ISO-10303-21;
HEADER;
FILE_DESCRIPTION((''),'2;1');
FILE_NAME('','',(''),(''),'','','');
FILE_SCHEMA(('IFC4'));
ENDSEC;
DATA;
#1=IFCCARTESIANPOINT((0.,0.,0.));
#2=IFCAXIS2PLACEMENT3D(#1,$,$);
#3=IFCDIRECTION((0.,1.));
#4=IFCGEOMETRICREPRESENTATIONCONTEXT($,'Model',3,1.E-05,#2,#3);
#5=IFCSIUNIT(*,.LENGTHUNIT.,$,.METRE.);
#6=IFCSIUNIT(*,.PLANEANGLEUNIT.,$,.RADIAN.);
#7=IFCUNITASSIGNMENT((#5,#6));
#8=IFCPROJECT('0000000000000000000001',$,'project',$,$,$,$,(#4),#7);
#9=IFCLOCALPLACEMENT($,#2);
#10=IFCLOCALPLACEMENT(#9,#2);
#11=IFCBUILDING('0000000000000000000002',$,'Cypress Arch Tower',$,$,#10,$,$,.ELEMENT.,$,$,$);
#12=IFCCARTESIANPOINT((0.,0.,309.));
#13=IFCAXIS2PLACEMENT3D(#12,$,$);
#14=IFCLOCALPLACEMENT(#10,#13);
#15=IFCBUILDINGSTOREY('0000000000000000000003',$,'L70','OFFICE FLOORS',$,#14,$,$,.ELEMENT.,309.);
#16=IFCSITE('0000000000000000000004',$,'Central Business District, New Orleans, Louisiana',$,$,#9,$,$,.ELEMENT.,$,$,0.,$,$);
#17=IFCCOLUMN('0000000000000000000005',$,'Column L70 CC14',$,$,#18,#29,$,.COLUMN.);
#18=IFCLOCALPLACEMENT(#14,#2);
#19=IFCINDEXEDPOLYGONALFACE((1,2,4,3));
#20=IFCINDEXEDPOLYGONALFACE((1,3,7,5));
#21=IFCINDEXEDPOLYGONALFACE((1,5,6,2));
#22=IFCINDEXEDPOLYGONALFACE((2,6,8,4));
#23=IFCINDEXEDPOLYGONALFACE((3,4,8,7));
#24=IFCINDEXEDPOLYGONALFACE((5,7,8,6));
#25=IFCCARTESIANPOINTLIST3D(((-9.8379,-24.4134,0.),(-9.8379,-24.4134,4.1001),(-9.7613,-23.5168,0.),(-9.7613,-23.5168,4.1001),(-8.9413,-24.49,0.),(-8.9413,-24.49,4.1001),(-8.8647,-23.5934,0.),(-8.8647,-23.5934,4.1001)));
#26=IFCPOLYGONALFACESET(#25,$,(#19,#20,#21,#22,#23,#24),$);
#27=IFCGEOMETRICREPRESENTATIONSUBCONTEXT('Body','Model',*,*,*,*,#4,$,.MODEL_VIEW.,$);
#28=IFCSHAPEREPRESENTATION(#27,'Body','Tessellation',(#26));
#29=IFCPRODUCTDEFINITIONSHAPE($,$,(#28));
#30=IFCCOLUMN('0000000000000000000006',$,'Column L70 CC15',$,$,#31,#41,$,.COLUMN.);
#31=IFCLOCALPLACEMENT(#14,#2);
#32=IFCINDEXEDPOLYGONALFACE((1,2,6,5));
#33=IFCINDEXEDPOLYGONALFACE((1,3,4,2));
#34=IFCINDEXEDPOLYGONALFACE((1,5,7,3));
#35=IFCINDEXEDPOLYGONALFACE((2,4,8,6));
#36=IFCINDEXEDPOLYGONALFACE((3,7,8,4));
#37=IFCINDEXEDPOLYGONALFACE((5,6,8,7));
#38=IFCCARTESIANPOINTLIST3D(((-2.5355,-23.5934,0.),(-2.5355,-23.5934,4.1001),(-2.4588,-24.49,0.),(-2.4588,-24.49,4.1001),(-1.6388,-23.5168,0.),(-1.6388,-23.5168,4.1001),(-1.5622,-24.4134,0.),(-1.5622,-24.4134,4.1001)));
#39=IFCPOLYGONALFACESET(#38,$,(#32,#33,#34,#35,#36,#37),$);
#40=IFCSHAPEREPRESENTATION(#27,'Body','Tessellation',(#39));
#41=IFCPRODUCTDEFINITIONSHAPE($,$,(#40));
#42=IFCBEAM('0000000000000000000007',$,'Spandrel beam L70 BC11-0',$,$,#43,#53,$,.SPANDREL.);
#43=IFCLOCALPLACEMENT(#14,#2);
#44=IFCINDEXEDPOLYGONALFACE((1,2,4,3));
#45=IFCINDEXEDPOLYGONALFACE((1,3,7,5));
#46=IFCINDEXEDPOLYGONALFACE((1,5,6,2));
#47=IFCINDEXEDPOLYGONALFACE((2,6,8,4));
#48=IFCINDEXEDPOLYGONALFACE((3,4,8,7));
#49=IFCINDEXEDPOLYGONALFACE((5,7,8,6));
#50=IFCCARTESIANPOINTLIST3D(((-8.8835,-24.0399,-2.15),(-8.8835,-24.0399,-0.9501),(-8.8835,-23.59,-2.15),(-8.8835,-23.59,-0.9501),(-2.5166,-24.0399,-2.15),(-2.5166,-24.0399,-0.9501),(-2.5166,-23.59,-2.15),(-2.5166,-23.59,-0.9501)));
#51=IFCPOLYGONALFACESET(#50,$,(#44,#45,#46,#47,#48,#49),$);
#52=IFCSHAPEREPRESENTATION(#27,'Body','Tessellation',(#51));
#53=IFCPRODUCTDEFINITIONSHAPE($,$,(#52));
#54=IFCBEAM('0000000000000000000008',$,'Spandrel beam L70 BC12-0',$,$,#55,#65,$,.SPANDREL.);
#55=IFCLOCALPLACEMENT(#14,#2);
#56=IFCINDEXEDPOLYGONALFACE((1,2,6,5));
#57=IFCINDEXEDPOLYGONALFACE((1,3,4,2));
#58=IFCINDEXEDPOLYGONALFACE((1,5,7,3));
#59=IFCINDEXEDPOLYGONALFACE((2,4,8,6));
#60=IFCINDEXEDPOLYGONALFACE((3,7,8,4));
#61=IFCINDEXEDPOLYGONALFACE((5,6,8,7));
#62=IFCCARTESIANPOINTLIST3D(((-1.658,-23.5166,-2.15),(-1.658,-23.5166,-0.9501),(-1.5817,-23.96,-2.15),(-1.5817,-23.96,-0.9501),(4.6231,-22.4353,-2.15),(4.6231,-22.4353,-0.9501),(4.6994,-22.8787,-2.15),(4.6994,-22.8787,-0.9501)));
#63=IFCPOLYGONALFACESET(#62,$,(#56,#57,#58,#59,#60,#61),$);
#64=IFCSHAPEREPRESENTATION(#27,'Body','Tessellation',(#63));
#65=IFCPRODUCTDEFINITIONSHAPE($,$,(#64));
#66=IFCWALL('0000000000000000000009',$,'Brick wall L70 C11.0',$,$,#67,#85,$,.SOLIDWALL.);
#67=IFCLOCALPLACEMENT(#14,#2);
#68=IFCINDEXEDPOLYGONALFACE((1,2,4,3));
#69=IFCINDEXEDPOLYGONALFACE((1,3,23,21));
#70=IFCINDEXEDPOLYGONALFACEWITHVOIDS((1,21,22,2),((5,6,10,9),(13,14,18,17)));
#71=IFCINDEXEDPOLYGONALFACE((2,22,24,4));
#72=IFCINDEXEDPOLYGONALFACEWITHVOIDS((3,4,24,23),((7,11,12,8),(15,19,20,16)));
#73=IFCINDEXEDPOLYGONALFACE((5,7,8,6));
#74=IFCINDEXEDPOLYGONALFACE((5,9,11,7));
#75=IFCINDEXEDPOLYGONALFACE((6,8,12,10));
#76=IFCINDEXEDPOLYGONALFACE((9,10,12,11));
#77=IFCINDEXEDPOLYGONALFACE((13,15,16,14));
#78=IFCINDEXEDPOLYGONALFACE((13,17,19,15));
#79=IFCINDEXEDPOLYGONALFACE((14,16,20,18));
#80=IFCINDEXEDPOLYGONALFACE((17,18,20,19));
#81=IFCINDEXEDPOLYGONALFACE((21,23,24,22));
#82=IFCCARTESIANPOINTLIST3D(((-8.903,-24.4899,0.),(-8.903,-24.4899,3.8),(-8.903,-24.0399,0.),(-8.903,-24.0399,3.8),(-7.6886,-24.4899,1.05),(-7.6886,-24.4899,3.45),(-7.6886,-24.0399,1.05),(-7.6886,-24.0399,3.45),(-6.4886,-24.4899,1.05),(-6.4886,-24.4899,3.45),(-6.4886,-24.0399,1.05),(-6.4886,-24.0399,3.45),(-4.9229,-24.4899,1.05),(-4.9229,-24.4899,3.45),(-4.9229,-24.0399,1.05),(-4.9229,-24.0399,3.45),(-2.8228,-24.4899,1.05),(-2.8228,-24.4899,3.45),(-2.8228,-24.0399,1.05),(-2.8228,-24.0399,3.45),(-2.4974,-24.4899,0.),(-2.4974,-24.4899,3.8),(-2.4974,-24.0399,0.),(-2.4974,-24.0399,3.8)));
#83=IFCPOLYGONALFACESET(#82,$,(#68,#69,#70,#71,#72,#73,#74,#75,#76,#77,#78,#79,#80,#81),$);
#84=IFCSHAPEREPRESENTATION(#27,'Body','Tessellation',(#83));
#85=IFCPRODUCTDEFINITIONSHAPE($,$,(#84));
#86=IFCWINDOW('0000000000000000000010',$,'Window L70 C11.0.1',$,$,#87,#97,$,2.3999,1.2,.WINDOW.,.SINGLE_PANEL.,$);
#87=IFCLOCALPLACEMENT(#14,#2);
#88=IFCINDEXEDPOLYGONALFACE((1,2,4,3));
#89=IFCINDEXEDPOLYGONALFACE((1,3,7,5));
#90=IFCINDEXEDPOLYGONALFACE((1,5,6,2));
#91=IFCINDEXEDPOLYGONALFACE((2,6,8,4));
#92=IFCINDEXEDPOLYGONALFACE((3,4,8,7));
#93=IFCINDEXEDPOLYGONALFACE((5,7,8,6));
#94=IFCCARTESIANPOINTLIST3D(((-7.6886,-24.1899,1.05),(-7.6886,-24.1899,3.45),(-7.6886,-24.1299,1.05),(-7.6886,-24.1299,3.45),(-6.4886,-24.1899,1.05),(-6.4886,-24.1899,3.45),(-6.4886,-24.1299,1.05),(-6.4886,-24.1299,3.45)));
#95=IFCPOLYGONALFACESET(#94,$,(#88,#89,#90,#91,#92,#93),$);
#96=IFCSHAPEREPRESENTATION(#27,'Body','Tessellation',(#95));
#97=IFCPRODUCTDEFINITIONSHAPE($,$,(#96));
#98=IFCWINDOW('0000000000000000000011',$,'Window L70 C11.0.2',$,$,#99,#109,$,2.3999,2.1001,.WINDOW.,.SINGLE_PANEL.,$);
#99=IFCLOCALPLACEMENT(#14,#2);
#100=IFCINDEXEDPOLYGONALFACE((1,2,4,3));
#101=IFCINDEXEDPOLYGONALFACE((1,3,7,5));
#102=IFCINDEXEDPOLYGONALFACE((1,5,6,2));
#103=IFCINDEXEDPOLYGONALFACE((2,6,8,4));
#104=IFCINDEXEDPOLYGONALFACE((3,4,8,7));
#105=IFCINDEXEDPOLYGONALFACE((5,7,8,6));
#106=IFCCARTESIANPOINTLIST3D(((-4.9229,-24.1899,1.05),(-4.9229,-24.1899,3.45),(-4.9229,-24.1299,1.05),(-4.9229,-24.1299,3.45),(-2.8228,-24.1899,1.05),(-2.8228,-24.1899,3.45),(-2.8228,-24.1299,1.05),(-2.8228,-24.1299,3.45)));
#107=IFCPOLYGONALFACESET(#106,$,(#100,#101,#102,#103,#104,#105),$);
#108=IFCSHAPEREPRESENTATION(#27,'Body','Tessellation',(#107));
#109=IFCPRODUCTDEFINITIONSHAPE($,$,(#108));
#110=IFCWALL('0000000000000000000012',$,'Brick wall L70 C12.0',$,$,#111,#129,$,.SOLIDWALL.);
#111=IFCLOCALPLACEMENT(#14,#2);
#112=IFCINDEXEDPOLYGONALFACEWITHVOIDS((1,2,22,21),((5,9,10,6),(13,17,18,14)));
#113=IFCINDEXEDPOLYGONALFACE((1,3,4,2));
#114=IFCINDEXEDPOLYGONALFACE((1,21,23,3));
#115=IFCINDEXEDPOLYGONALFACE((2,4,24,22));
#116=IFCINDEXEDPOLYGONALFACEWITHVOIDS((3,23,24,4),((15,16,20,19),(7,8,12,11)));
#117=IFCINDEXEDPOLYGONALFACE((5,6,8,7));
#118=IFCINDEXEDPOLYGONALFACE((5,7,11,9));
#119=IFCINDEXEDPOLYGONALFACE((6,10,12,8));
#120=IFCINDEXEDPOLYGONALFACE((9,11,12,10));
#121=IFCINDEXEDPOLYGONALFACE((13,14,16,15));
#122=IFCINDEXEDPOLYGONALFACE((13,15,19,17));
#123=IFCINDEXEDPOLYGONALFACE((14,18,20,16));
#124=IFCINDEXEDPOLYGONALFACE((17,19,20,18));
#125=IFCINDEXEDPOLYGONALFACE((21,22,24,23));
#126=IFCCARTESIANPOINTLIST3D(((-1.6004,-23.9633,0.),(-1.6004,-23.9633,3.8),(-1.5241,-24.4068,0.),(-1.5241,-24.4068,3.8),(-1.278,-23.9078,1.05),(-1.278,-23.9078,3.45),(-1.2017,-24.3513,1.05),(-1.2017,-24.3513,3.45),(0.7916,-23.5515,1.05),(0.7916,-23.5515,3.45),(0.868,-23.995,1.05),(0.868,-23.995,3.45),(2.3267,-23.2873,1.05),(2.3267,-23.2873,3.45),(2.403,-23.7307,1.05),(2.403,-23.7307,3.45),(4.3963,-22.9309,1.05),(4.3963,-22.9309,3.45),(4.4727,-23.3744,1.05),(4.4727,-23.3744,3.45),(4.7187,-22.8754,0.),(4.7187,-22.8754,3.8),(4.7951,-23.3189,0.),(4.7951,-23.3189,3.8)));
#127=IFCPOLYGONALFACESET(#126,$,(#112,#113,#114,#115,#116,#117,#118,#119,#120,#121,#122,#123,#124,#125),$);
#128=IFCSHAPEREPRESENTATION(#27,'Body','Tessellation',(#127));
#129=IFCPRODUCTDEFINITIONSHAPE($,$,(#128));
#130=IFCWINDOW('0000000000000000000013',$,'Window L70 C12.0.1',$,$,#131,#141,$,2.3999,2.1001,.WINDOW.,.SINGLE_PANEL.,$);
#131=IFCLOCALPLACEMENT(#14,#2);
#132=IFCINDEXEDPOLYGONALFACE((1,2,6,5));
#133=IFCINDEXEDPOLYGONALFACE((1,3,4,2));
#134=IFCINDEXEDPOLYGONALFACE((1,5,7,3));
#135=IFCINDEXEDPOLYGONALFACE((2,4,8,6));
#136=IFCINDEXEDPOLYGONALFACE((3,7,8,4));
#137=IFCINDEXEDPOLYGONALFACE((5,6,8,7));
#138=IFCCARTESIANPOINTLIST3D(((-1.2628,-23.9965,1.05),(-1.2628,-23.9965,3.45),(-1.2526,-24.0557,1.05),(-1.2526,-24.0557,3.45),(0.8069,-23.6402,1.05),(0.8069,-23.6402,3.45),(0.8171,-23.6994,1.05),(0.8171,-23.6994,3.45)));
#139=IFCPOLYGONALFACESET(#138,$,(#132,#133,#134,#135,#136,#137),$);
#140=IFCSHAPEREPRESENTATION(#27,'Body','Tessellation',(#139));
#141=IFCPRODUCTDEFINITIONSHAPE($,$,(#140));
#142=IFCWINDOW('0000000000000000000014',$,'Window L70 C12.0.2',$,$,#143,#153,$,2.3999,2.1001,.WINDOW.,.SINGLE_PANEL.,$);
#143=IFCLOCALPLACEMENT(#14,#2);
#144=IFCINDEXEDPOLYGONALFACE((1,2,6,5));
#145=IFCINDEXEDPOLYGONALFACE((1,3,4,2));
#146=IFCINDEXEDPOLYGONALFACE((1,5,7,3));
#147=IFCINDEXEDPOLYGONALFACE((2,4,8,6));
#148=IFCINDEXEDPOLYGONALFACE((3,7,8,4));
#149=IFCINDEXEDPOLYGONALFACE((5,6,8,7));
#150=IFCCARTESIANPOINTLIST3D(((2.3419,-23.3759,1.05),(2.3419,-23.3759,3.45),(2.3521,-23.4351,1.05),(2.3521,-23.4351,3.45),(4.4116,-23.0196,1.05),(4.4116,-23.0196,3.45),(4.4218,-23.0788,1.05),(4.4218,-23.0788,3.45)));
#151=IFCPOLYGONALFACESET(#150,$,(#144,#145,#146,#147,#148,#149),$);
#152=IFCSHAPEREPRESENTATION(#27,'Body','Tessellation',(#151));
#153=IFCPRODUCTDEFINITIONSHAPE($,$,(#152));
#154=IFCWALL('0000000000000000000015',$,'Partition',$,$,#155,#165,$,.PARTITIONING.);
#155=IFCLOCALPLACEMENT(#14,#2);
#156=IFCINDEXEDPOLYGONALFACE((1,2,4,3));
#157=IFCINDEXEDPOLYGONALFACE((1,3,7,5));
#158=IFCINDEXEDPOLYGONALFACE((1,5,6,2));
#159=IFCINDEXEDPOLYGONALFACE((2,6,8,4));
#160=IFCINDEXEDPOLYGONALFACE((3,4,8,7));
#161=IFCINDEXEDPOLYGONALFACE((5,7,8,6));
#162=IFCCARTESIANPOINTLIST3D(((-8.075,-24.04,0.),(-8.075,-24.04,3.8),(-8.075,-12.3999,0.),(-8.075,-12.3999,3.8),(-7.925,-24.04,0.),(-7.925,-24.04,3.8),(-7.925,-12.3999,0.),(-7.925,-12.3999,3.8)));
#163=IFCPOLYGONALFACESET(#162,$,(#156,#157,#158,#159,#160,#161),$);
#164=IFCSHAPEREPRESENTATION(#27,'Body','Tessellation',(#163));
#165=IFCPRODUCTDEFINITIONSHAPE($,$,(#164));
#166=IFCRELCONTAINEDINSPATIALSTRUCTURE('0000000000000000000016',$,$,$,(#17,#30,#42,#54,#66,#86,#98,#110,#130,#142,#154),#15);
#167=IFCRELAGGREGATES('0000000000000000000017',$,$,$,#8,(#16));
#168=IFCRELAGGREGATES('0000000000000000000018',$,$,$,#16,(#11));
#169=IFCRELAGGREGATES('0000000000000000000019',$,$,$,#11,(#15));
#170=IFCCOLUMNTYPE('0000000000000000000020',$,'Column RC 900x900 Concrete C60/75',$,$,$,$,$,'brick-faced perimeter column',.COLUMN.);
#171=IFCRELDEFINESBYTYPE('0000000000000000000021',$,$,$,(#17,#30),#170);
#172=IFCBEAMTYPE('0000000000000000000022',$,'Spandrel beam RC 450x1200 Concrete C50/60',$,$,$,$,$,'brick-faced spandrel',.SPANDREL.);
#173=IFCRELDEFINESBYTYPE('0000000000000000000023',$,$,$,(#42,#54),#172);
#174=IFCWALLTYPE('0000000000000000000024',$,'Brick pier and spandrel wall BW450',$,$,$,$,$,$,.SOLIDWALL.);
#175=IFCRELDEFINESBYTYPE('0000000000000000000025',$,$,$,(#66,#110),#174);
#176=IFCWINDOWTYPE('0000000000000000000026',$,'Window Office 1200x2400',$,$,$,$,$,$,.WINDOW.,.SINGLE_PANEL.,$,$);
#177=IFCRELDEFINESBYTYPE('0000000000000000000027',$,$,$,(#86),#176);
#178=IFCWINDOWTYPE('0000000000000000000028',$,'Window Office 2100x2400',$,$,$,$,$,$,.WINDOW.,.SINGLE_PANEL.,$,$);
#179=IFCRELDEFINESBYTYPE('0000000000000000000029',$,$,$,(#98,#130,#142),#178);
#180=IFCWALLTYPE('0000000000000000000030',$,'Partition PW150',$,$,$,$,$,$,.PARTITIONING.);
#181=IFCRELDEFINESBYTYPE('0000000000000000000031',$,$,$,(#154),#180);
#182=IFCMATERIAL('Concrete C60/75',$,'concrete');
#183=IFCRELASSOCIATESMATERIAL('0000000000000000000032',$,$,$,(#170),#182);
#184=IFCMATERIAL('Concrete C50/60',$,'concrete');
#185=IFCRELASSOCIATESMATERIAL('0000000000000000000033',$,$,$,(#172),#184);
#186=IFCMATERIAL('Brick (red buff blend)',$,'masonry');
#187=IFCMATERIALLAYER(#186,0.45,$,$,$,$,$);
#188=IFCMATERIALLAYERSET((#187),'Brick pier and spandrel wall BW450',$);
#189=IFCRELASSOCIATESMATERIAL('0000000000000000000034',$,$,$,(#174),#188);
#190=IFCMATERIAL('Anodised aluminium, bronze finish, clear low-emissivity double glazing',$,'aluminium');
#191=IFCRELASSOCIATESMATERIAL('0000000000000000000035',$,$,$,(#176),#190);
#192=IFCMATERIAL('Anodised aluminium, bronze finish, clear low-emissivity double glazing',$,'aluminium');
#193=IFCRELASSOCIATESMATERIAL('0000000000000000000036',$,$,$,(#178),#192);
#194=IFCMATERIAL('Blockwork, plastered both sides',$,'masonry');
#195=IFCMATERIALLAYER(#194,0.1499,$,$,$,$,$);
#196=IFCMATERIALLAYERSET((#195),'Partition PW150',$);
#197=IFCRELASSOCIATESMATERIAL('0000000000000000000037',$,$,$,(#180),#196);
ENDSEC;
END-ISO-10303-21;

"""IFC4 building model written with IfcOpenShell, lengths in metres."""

from ifc_helpers import new_model, si_unit, direction, frame, frame_2d, origin, origin_2d, place, context, subcontext, project, spatial, rectangle, extrude, material, layer, layer_set, material_profile, profile_set, type_object, element, fill, save


model = new_model("IFC4")

# Units and contexts
model_context = context("Model", 3, precision=1e-05, world=origin(), true_north=direction((0.0, 1.0)))
body_context = subcontext(model_context, "Body", "Model", "MODEL_VIEW")
ifc_project = project(units=[si_unit("LENGTHUNIT", "METRE"), si_unit("PLANEANGLEUNIT", "RADIAN")], contexts=[model_context])

# Site, building, storey
site_placement = place(None, origin())
site = spatial("IfcSite", under=ifc_project, at=site_placement, Name="Central Business District, New Orleans, Louisiana", CompositionType="ELEMENT", RefElevation=0.0)
building_placement = place(site_placement, origin())
building = spatial("IfcBuilding", under=site, at=building_placement, Name="Cypress Arch Tower", CompositionType="ELEMENT")
storey_placement = place(building_placement, frame((0.0, 0.0, 309.0)))
storey = spatial("IfcBuildingStorey", under=building, at=storey_placement, Name="L70", Description="OFFICE FLOORS", CompositionType="ELEMENT", Elevation=309.0)

# Columns
ifc_material_1 = material(Name="Concrete C60/75", Category="concrete")
ifc_material_profile_1 = material_profile(ifc_material_1, rectangle(XDim=0.8999, YDim=0.8999, at=origin_2d()), Name="RC 900x900")
ifc_profile_set_1 = profile_set([ifc_material_profile_1], Name="Concrete C60/75")
column_type = type_object("IfcColumnType", Name="Column RC 900x900 Concrete C60/75", ElementType="brick-faced perimeter column", PredefinedType="COLUMN", material=ifc_profile_set_1)
for number, where, z_axis, x_axis, name in (
    (1, (-9.3513, -24.0034, 0.0), (0.0, 0.0, 1.0), (0.996368, -0.085149, 0.0), "Column L70 CC14"),
    (2, (-2.0488, -24.0034, 0.0), (0.0, 0.0, 1.0), (0.996368, 0.085149, 0.0), "Column L70 CC15"),
):
    element("IfcColumn", number, at=place(storey_placement, frame(where, z_axis=z_axis, x_axis=x_axis)), inside=storey, type_object=column_type, Name=name, PredefinedType="COLUMN", context=body_context, shape_type="SweptSolid", body=[
        extrude(rectangle(XDim=0.8999, YDim=0.8999, at=origin_2d()), origin(), (0.0, 0.0, 1.0), 4.1001),
    ])

# Beams
ifc_material_2 = material(Name="Concrete C50/60", Category="concrete")
ifc_material_profile_2 = material_profile(ifc_material_2, rectangle(XDim=0.45, YDim=1.2, at=origin_2d()), Name="RC 450x1200")
ifc_profile_set_2 = profile_set([ifc_material_profile_2], Name="Concrete C50/60")
beam_type = type_object("IfcBeamType", Name="Spandrel beam RC 450x1200 Concrete C50/60", ElementType="brick-faced spandrel", PredefinedType="SPANDREL", material=ifc_profile_set_2)
beam_1_placement = place(storey_placement, frame((-8.8835, -23.8149, -1.55), z_axis=(1.0, 0.0, 0.0), x_axis=(0.0, 1.0, 0.0)))
element("IfcBeam", 3, at=beam_1_placement, inside=storey, type_object=beam_type, Name="Spandrel beam L70 BC11-0", PredefinedType="SPANDREL", context=body_context, shape_type="SweptSolid", body=[
    extrude(rectangle(XDim=0.45, YDim=1.2, at=origin_2d()), origin(), (0.0, 0.0, 1.0), 6.3669),
])
beam_2_placement = place(storey_placement, frame((-1.6199, -23.7383, -1.55), z_axis=(0.985504, 0.169652, 0.0), x_axis=(-0.169652, 0.985504, 0.0)))
element("IfcBeam", 4, at=beam_2_placement, inside=storey, type_object=beam_type, Name="Spandrel beam L70 BC12-0", PredefinedType="SPANDREL", context=body_context, shape_type="SweptSolid", body=[
    extrude(rectangle(XDim=0.45, YDim=1.2, at=origin_2d()), origin(), (0.0, 0.0, 1.0), 6.3735),
])

# Walls, openings, windows
ifc_material_3 = material(Name="Brick (red buff blend)", Category="masonry")
ifc_layer_1 = layer(ifc_material_3, 0.45)
ifc_layer_set_1 = layer_set([ifc_layer_1], Name="Brick pier and spandrel wall BW450")
wall_type_1 = type_object("IfcWallType", Name="Brick pier and spandrel wall BW450", PredefinedType="SOLIDWALL", material=ifc_layer_set_1)
wall_1_placement = place(storey_placement, frame((-8.9028, -24.2649, 0.0), z_axis=(0.0, 0.0, 1.0), x_axis=(1.0, 0.0, 0.0)))
wall_1 = element("IfcWall", 5, at=wall_1_placement, inside=storey, type_object=wall_type_1, Name="Brick wall L70 C11.0", PredefinedType="SOLIDWALL", context=body_context, shape_type="SweptSolid", body=[
    extrude(rectangle(XDim=6.4055, YDim=0.45, at=frame_2d((3.2026, 0.0))), origin(), (0.0, 0.0, 1.0), 3.8),
])
opening_1_placement = place(wall_1_placement, frame((3.98, 0.0, 1.05)))
opening_1 = element("IfcOpeningElement", 6, at=opening_1_placement, cuts=wall_1, PredefinedType="OPENING", context=body_context, shape_type="SweptSolid", body=[
    extrude(rectangle(XDim=2.1001, YDim=2.3999, at=frame_2d((1.05, 1.2))), frame((0.0, 0.2349, 0.0), z_axis=(0.0, -1.0, 0.0), x_axis=(1.0, 0.0, 0.0)), (0.0, 0.0, 1.0), 0.47),
])
opening_2_placement = place(wall_1_placement, frame((1.2141, 0.0, 1.05)))
opening_2 = element("IfcOpeningElement", 7, at=opening_2_placement, cuts=wall_1, PredefinedType="OPENING", context=body_context, shape_type="SweptSolid", body=[
    extrude(rectangle(XDim=1.2, YDim=2.3999, at=frame_2d((0.6001, 1.2))), frame((0.0, 0.2349, 0.0), z_axis=(0.0, -1.0, 0.0), x_axis=(1.0, 0.0, 0.0)), (0.0, 0.0, 1.0), 0.47),
])
ifc_material_4 = material(Name="Anodised aluminium, bronze finish, clear low-emissivity double glazing", Category="aluminium")
window_type_1 = type_object("IfcWindowType", Name="Window Office 1200x2400", PartitioningType="SINGLE_PANEL", PredefinedType="WINDOW", material=ifc_material_4)
window_1_placement = place(opening_2_placement, origin())
window_1 = element("IfcWindow", 8, at=window_1_placement, inside=storey, type_object=window_type_1, Name="Window L70 C11.0.1", OverallHeight=2.3999, OverallWidth=1.2, PartitioningType="SINGLE_PANEL", PredefinedType="WINDOW", context=body_context, shape_type="SweptSolid", body=[
    extrude(rectangle(XDim=1.2, YDim=2.3999, at=frame_2d((0.6001, 1.2))), frame((0.0, 0.135, 0.0), z_axis=(0.0, -1.0, 0.0), x_axis=(1.0, 0.0, 0.0)), (0.0, 0.0, 1.0), 0.0601),
])
fill(opening_2, window_1)
ifc_material_5 = material(Name="Anodised aluminium, bronze finish, clear low-emissivity double glazing", Category="aluminium")
window_type_2 = type_object("IfcWindowType", Name="Window Office 2100x2400", PartitioningType="SINGLE_PANEL", PredefinedType="WINDOW", material=ifc_material_5)
window_2_placement = place(opening_1_placement, origin())
window_2 = element("IfcWindow", 9, at=window_2_placement, inside=storey, type_object=window_type_2, Name="Window L70 C11.0.2", OverallHeight=2.3999, OverallWidth=2.1001, PartitioningType="SINGLE_PANEL", PredefinedType="WINDOW", context=body_context, shape_type="SweptSolid", body=[
    extrude(rectangle(XDim=2.1001, YDim=2.3999, at=frame_2d((1.05, 1.2))), frame((0.0, 0.135, 0.0), z_axis=(0.0, -1.0, 0.0), x_axis=(1.0, 0.0, 0.0)), (0.0, 0.0, 1.0), 0.0601),
])
fill(opening_1, window_2)
wall_2_placement = place(storey_placement, frame((-1.5623, -24.1851, 0.0), z_axis=(0.0, 0.0, 1.0), x_axis=(0.985502, 0.169663, 0.0)))
wall_2 = element("IfcWall", 10, at=wall_2_placement, inside=storey, type_object=wall_type_1, Name="Brick wall L70 C12.0", PredefinedType="SOLIDWALL", context=body_context, shape_type="SweptSolid", body=[
    extrude(rectangle(XDim=6.4121, YDim=0.45, at=frame_2d((3.2061, 0.0))), origin(), (0.0, 0.0, 1.0), 3.8),
])
opening_3_placement = place(wall_2_placement, frame((0.3271, 0.0, 1.05)))
opening_3 = element("IfcOpeningElement", 11, at=opening_3_placement, cuts=wall_2, PredefinedType="OPENING", context=body_context, shape_type="SweptSolid", body=[
    extrude(rectangle(XDim=2.1001, YDim=2.3999, at=frame_2d((1.05, 1.2))), frame((0.0, 0.2349, 0.0), z_axis=(0.0, -1.0, 0.0), x_axis=(1.0, 0.0, 0.0)), (0.0, 0.0, 1.0), 0.47),
])
opening_4_placement = place(wall_2_placement, frame((3.9849, 0.0, 1.05)))
opening_4 = element("IfcOpeningElement", 12, at=opening_4_placement, cuts=wall_2, PredefinedType="OPENING", context=body_context, shape_type="SweptSolid", body=[
    extrude(rectangle(XDim=2.1001, YDim=2.3999, at=frame_2d((1.05, 1.2))), frame((0.0, 0.2349, 0.0), z_axis=(0.0, -1.0, 0.0), x_axis=(1.0, 0.0, 0.0)), (0.0, 0.0, 1.0), 0.47),
])
window_3_placement = place(opening_3_placement, origin())
window_3 = element("IfcWindow", 13, at=window_3_placement, inside=storey, type_object=window_type_2, Name="Window L70 C12.0.1", OverallHeight=2.3999, OverallWidth=2.1001, PartitioningType="SINGLE_PANEL", PredefinedType="WINDOW", context=body_context, shape_type="SweptSolid", body=[
    extrude(rectangle(XDim=2.1001, YDim=2.3999, at=frame_2d((1.05, 1.2))), frame((0.0, 0.135, 0.0), z_axis=(0.0, -1.0, 0.0), x_axis=(1.0, 0.0, 0.0)), (0.0, 0.0, 1.0), 0.0601),
])
fill(opening_3, window_3)
window_4_placement = place(opening_4_placement, origin())
window_4 = element("IfcWindow", 14, at=window_4_placement, inside=storey, type_object=window_type_2, Name="Window L70 C12.0.2", OverallHeight=2.3999, OverallWidth=2.1001, PartitioningType="SINGLE_PANEL", PredefinedType="WINDOW", context=body_context, shape_type="SweptSolid", body=[
    extrude(rectangle(XDim=2.1001, YDim=2.3999, at=frame_2d((1.05, 1.2))), frame((0.0, 0.135, 0.0), z_axis=(0.0, -1.0, 0.0), x_axis=(1.0, 0.0, 0.0)), (0.0, 0.0, 1.0), 0.0601),
])
fill(opening_4, window_4)

# Wall
ifc_material_6 = material(Name="Blockwork, plastered both sides", Category="masonry")
ifc_layer_2 = layer(ifc_material_6, 0.1499)
ifc_layer_set_2 = layer_set([ifc_layer_2], Name="Partition PW150")
wall_type_2 = type_object("IfcWallType", Name="Partition PW150", PredefinedType="PARTITIONING", material=ifc_layer_set_2)
wall_3_placement = place(storey_placement, frame((-8.0, -24.04, 0.0), z_axis=(0.0, 0.0, 1.0), x_axis=(0.0, 1.0, 0.0)))
element("IfcWall", 15, at=wall_3_placement, inside=storey, type_object=wall_type_2, Name="Partition", PredefinedType="PARTITIONING", context=body_context, shape_type="SweptSolid", body=[
    extrude(rectangle(XDim=11.6401, YDim=0.1499, at=frame_2d((5.8201, 0.0))), origin(), (0.0, 0.0, 1.0), 3.8),
])

save(model, "model.ifc")
